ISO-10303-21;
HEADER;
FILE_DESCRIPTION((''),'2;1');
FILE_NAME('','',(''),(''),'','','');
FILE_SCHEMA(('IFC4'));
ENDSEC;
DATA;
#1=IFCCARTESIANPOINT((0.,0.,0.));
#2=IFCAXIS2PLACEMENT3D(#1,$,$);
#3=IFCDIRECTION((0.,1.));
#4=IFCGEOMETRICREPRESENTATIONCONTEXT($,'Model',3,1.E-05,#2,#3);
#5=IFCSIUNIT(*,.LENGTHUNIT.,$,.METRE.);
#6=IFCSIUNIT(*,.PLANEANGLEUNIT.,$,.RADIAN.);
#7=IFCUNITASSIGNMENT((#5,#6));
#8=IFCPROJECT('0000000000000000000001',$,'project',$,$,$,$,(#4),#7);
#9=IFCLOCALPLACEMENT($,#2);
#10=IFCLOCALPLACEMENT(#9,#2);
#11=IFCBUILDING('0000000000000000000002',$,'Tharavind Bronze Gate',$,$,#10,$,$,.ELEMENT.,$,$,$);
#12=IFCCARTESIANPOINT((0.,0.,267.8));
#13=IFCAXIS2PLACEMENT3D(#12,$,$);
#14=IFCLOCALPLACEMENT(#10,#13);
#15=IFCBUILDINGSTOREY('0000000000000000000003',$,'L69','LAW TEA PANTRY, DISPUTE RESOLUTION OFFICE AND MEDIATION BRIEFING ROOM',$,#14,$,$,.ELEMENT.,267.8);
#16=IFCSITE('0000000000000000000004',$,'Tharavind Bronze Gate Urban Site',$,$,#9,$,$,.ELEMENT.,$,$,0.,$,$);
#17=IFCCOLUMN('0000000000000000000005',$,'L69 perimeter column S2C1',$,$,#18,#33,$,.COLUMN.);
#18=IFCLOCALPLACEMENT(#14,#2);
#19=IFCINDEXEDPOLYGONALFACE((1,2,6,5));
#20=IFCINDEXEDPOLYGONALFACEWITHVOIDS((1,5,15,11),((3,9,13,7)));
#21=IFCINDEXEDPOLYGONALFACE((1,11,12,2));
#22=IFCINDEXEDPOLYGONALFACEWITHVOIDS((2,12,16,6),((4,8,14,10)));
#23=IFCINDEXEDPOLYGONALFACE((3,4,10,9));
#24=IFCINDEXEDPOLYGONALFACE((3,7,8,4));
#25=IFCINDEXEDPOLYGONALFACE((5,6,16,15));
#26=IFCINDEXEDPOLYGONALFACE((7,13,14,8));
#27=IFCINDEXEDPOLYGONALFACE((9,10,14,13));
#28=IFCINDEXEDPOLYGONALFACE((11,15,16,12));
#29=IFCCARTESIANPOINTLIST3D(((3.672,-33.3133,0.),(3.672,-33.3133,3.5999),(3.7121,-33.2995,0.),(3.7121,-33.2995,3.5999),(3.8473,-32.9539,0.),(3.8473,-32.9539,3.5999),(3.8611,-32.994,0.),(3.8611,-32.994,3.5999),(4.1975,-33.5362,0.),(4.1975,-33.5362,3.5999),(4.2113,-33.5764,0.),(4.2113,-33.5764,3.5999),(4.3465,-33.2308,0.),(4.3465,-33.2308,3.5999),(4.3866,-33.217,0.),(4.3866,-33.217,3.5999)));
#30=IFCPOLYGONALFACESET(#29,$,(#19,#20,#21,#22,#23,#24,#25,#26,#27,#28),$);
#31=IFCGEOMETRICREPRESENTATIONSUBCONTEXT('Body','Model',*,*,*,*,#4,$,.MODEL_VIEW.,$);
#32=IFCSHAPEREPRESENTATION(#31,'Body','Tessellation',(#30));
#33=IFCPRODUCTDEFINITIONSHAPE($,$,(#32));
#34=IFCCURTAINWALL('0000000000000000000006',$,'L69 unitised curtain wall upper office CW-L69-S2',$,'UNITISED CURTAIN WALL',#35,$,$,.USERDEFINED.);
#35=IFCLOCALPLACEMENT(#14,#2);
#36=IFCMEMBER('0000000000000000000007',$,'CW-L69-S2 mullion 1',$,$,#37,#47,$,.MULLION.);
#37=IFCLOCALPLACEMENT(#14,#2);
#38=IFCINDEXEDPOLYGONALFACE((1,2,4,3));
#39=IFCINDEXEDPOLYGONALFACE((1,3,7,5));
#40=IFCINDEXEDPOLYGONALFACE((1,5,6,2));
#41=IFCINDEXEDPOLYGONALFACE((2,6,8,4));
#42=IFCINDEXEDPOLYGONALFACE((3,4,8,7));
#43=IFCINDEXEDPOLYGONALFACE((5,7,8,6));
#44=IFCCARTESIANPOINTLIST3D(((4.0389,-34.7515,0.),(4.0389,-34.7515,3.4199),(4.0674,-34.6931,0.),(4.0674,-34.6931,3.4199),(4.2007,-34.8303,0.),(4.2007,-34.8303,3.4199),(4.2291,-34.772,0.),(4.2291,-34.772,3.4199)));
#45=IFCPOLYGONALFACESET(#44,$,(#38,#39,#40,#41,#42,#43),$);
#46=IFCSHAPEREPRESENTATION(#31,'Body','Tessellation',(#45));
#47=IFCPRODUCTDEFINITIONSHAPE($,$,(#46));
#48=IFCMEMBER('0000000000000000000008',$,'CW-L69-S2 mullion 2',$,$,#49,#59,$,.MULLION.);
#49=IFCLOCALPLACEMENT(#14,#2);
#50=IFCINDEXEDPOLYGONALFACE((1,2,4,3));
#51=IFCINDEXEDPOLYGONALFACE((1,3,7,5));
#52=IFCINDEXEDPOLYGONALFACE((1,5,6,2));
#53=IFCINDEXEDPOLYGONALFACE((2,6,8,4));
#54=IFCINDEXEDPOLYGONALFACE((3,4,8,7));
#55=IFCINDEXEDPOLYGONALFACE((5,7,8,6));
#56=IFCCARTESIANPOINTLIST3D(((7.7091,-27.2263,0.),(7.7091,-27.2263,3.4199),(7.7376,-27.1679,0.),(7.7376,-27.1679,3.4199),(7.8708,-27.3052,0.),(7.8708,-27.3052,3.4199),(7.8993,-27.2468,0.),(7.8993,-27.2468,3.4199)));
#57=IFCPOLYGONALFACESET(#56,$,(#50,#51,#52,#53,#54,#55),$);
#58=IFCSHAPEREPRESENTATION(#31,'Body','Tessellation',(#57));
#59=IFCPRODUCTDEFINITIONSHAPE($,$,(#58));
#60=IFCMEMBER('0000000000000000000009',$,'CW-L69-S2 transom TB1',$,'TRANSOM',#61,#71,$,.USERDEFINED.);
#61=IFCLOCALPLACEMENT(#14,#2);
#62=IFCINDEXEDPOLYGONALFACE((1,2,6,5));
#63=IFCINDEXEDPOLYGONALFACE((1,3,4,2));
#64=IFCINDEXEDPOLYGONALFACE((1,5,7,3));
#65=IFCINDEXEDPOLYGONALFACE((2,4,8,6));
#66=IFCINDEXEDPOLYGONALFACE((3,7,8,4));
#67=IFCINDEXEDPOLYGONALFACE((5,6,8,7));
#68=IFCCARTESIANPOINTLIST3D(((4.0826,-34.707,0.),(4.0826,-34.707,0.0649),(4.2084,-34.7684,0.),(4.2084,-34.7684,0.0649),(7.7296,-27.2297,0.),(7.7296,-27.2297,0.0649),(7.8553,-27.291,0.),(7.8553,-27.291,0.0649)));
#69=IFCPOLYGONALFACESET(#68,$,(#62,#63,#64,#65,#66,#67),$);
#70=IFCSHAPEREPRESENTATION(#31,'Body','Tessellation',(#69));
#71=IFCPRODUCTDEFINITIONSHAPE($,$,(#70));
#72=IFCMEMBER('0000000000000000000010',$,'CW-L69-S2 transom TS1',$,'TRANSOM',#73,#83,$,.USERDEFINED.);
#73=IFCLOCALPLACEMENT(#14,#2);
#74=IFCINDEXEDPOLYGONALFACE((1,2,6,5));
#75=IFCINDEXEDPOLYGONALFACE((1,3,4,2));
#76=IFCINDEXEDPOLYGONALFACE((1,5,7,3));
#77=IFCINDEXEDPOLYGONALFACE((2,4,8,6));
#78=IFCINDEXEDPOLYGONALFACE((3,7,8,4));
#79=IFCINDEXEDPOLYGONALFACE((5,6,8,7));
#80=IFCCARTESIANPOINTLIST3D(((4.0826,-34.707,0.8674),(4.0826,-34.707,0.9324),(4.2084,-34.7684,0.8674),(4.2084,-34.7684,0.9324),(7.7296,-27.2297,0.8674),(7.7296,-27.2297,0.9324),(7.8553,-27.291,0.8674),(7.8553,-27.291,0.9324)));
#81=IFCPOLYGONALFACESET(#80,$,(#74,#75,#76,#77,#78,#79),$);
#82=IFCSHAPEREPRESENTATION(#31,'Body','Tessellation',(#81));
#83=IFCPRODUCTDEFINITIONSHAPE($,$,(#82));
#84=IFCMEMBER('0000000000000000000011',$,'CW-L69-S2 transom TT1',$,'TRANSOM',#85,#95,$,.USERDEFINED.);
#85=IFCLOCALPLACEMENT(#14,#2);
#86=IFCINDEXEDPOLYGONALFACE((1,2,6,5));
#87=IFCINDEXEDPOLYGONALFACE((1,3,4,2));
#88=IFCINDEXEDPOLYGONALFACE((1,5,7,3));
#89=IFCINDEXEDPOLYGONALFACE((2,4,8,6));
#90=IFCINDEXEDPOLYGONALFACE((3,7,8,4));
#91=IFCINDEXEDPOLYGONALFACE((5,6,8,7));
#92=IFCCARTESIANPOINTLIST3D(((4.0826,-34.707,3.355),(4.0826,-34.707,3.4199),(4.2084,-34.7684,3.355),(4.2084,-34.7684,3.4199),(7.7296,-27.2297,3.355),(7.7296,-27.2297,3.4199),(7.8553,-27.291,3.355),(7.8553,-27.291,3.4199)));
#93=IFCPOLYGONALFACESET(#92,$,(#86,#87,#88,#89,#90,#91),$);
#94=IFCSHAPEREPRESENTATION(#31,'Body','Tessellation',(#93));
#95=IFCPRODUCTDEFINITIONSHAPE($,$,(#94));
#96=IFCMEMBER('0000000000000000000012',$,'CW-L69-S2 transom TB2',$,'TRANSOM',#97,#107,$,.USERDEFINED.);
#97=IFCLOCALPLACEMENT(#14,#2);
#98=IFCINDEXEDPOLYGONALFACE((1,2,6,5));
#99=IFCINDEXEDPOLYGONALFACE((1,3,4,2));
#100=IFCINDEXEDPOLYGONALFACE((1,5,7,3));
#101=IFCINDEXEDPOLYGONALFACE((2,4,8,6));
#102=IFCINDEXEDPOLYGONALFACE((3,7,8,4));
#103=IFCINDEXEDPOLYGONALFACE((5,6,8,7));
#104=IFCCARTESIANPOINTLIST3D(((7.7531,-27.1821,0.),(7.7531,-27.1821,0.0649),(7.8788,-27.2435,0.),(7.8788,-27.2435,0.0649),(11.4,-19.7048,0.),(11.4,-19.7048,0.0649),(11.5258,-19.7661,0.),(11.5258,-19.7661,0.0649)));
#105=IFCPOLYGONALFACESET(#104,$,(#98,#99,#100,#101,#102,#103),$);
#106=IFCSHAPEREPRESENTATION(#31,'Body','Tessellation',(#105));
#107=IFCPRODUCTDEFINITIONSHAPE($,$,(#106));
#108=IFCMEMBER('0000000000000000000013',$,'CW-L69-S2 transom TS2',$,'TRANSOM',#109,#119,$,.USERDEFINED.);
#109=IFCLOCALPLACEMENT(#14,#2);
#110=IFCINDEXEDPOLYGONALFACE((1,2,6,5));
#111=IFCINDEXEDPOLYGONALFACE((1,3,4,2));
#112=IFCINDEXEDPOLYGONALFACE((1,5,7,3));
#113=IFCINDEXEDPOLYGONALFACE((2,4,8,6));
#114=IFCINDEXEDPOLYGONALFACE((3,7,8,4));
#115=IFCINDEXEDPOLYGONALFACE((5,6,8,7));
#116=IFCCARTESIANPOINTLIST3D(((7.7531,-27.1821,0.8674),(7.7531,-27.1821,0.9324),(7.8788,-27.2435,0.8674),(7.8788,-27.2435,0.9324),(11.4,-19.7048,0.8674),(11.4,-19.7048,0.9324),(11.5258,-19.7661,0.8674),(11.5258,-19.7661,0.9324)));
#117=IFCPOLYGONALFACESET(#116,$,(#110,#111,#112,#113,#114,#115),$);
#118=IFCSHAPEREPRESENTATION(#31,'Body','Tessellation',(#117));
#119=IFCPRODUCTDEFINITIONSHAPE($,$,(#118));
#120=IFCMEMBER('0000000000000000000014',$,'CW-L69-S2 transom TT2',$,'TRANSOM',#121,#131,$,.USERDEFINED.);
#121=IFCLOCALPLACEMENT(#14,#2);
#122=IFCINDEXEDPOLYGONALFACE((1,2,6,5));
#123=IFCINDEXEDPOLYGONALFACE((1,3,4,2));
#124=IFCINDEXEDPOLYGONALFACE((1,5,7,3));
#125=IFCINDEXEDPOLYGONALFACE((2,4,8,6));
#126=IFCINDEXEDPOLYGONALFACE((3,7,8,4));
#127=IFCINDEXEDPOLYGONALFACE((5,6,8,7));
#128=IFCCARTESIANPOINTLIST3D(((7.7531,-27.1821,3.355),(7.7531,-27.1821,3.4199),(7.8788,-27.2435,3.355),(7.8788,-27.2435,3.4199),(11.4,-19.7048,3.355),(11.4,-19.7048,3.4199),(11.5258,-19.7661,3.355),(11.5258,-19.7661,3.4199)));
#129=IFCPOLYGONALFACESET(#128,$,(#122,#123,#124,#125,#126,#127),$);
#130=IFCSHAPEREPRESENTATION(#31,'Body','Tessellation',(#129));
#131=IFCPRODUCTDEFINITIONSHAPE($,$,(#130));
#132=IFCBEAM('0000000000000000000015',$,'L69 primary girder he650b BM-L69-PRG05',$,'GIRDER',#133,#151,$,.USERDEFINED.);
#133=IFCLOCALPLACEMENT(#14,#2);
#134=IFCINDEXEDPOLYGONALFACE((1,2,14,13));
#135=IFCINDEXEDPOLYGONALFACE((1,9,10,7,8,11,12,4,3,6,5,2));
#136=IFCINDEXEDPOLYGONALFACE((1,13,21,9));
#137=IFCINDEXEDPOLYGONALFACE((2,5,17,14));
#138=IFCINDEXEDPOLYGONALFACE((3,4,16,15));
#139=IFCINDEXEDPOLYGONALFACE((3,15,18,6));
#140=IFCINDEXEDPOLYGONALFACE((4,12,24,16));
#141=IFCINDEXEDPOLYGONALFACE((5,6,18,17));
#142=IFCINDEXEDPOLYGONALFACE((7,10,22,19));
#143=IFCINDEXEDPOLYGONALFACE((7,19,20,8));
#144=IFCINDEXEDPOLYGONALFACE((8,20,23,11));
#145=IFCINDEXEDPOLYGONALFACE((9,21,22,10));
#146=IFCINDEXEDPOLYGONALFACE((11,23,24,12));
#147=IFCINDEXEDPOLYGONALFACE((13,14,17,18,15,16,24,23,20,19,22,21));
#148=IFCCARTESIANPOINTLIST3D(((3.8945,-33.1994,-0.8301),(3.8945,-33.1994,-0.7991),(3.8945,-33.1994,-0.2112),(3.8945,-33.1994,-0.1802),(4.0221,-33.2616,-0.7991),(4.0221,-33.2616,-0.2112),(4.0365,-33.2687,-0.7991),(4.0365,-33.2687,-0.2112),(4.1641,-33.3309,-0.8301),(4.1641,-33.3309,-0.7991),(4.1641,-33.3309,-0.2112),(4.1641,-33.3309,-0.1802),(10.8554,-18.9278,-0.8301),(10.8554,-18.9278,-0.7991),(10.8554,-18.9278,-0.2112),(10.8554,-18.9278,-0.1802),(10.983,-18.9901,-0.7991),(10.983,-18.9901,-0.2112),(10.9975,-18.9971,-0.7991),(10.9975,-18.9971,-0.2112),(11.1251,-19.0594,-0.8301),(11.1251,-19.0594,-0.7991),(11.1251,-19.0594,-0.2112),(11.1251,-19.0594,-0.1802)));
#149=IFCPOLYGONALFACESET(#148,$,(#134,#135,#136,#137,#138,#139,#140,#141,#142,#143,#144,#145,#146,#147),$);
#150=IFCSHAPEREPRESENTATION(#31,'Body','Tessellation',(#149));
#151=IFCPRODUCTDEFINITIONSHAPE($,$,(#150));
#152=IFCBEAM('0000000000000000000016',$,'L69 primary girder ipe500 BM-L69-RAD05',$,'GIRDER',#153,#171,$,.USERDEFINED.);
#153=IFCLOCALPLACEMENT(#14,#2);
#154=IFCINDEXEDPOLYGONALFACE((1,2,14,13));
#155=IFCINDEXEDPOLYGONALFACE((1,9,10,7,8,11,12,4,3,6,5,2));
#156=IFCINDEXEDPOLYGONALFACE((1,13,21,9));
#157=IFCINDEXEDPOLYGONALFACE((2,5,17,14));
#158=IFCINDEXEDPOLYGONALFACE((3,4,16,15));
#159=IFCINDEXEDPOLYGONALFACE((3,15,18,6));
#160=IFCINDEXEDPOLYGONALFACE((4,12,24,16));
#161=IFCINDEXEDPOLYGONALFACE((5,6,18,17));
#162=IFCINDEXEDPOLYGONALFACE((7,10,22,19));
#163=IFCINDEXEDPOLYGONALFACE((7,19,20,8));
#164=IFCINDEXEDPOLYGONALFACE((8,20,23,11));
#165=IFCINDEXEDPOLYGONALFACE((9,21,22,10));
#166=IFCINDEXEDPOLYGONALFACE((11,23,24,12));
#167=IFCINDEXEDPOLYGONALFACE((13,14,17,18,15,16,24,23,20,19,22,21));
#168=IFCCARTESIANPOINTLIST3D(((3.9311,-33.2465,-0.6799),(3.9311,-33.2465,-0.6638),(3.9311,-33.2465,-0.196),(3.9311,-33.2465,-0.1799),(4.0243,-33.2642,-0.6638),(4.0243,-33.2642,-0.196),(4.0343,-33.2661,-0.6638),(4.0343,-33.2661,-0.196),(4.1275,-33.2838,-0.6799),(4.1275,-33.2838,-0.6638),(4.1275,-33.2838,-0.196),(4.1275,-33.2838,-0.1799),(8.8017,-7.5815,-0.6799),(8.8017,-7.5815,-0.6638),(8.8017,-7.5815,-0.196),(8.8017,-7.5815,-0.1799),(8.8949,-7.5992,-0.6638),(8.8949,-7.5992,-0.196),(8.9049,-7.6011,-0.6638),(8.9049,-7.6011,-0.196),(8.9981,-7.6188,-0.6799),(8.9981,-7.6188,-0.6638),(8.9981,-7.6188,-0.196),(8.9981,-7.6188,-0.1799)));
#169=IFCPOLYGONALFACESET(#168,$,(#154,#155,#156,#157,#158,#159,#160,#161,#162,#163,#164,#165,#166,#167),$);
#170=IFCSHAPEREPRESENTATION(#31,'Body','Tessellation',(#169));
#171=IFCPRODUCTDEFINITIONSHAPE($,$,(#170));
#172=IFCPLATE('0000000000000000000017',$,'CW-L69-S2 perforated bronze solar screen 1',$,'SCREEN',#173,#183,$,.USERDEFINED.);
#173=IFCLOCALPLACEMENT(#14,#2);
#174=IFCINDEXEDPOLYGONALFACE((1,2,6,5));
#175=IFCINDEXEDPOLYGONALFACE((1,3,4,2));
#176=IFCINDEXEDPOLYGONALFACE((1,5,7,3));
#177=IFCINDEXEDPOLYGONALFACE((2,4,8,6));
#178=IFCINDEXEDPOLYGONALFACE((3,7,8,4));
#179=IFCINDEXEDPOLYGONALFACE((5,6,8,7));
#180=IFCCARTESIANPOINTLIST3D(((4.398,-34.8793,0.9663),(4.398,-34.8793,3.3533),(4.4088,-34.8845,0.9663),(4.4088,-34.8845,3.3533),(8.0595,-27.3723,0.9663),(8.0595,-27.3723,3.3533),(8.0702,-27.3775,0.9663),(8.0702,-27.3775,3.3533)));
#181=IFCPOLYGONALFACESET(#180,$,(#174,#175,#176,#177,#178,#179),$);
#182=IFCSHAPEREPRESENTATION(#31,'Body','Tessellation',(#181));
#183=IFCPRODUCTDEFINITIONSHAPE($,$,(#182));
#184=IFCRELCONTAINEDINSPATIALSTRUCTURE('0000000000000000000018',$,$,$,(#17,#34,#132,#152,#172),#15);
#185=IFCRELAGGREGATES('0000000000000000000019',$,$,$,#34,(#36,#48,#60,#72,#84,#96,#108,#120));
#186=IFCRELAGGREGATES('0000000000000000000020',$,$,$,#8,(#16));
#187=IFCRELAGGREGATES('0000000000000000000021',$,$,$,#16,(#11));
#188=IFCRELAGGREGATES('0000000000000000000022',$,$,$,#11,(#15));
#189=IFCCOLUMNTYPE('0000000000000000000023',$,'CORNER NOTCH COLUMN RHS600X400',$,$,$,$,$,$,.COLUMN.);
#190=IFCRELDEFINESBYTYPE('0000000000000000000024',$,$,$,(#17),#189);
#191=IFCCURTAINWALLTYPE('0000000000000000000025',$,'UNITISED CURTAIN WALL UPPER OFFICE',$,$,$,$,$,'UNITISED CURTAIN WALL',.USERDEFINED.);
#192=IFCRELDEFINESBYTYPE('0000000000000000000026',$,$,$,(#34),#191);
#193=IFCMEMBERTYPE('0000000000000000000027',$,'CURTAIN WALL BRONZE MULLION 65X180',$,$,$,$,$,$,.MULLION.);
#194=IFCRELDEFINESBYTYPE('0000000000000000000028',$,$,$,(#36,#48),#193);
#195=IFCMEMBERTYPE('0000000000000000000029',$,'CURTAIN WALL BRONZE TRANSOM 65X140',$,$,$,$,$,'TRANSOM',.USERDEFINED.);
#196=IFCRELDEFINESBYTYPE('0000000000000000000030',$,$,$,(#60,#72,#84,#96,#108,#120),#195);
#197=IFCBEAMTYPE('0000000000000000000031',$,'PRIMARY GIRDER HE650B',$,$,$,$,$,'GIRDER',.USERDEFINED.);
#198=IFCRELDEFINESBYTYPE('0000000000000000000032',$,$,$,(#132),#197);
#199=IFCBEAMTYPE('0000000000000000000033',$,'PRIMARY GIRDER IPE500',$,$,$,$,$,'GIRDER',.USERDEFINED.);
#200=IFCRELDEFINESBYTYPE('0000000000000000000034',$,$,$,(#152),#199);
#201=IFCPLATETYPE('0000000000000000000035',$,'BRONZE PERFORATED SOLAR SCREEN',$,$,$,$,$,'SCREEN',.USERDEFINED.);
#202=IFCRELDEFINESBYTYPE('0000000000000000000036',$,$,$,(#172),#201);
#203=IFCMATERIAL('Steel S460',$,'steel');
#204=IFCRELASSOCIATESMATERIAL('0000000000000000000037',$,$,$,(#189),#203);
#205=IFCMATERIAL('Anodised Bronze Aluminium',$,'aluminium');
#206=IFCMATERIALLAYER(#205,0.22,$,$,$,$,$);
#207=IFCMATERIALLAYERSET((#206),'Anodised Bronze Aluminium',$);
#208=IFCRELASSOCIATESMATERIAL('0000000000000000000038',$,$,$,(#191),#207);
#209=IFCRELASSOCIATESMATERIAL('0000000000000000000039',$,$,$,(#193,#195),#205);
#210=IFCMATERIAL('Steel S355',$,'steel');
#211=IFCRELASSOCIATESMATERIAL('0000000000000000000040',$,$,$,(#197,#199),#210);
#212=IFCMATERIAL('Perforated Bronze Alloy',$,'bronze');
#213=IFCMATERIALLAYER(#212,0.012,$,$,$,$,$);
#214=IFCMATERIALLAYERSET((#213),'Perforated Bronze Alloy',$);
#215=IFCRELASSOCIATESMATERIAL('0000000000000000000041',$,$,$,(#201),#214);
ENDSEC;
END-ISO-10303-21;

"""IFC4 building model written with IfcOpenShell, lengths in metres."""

from ifc_helpers import new_model, si_unit, direction, frame, origin, origin_2d, place, context, subcontext, project, spatial, rectangle, hollow_rectangle, i_section, extrude, material, layer, layer_set, material_profile, profile_set, type_object, element, aggregate, save


model = new_model("IFC4")

# Units and contexts
model_context = context("Model", 3, precision=1e-05, world=origin(), true_north=direction((0.0, 1.0)))
body_context = subcontext(model_context, "Body", "Model", "MODEL_VIEW")
ifc_project = project(units=[si_unit("LENGTHUNIT", "METRE"), si_unit("PLANEANGLEUNIT", "RADIAN")], contexts=[model_context])

# Site, building, storey
site_placement = place(None, origin())
site = spatial("IfcSite", under=ifc_project, at=site_placement, Name="Tharavind Bronze Gate Urban Site", CompositionType="ELEMENT", RefElevation=0.0)
building_placement = place(site_placement, origin())
building = spatial("IfcBuilding", under=site, at=building_placement, Name="Tharavind Bronze Gate", CompositionType="ELEMENT")
storey_placement = place(building_placement, frame((0.0, 0.0, 267.8)))
storey = spatial("IfcBuildingStorey", under=building, at=storey_placement, Name="L69", Description="LAW TEA PANTRY, DISPUTE RESOLUTION OFFICE AND MEDIATION BRIEFING ROOM", CompositionType="ELEMENT", Elevation=267.8)

# Column
ifc_material_1 = material(Name="Steel S460", Category="steel")
ifc_material_profile_1 = material_profile(ifc_material_1, hollow_rectangle(XDim=0.3999, YDim=0.6001, WallThickness=0.03, at=origin_2d()), Name="RHS600X400X30")
ifc_profile_set_1 = profile_set([ifc_material_profile_1], Name="Steel S460")
column_type = type_object("IfcColumnType", Name="CORNER NOTCH COLUMN RHS600X400", PredefinedType="COLUMN", material=ifc_profile_set_1)
column_placement = place(storey_placement, frame((4.0293, -33.2651, 0.0), z_axis=(0.0, 0.0, 1.0), x_axis=(0.438373, 0.898793, 0.0)))
element("IfcColumn", 1, at=column_placement, inside=storey, type_object=column_type, Name="L69 perimeter column S2C1", PredefinedType="COLUMN", context=body_context, shape_type="SweptSolid", body=[
    extrude(hollow_rectangle(XDim=0.3999, YDim=0.6001, WallThickness=0.03, at=origin_2d()), origin(), (0.0, 0.0, 1.0), 3.5999),
])

# Curtain wall, members
ifc_material_2 = material(Name="Anodised Bronze Aluminium", Category="aluminium")
ifc_layer_1 = layer(ifc_material_2, 0.22)
ifc_layer_set_1 = layer_set([ifc_layer_1], Name="Anodised Bronze Aluminium")
curtain_wall_type = type_object("IfcCurtainWallType", Name="UNITISED CURTAIN WALL UPPER OFFICE", ElementType="UNITISED CURTAIN WALL", PredefinedType="USERDEFINED", material=ifc_layer_set_1)
curtain_wall_placement = place(storey_placement, origin())
curtain_wall = element("IfcCurtainWall", 2, at=curtain_wall_placement, inside=storey, type_object=curtain_wall_type, Name="L69 unitised curtain wall upper office CW-L69-S2", ObjectType="UNITISED CURTAIN WALL", PredefinedType="USERDEFINED")
member_type_1 = type_object("IfcMemberType", Name="CURTAIN WALL BRONZE MULLION 65X180", PredefinedType="MULLION", material=ifc_material_2)
member_1_placement = place(storey_placement, frame((4.134, -34.7617, 0.0), z_axis=(0.0, 0.0, 1.0), x_axis=(0.438373, 0.898793, 0.0)))
member_1 = element("IfcMember", 3, at=member_1_placement, type_object=member_type_1, Name="CW-L69-S2 mullion 1", PredefinedType="MULLION", context=body_context, shape_type="SweptSolid", body=[
    extrude(rectangle(XDim=0.0649, YDim=0.1799, at=origin_2d()), origin(), (0.0, 0.0, 1.0), 3.4199),
])
member_2_placement = place(storey_placement, frame((7.8042, -27.2366, 0.0), z_axis=(0.0, 0.0, 1.0), x_axis=(0.438373, 0.898793, 0.0)))
member_2 = element("IfcMember", 4, at=member_2_placement, type_object=member_type_1, Name="CW-L69-S2 mullion 2", PredefinedType="MULLION", context=body_context, shape_type="SweptSolid", body=[
    extrude(rectangle(XDim=0.0649, YDim=0.1799, at=origin_2d()), origin(), (0.0, 0.0, 1.0), 3.4199),
])
member_type_2 = type_object("IfcMemberType", Name="CURTAIN WALL BRONZE TRANSOM 65X140", ElementType="TRANSOM", PredefinedType="USERDEFINED", material=ifc_material_2)
member_3_placement = place(storey_placement, frame((5.969, -30.999, 0.0), z_axis=(0.0, 0.0, 1.0), x_axis=(0.438373, 0.898793, 0.0)))
member_3 = element("IfcMember", 5, at=member_3_placement, type_object=member_type_2, Name="CW-L69-S2 transom TB1", ObjectType="TRANSOM", PredefinedType="USERDEFINED", context=body_context, shape_type="SweptSolid", body=[
    extrude(rectangle(XDim=8.3193, YDim=0.1399, at=origin_2d()), origin(), (0.0, 0.0, 1.0), 0.0649),
])
member_4_placement = place(storey_placement, frame((5.969, -30.999, 0.8674), z_axis=(0.0, 0.0, 1.0), x_axis=(0.438373, 0.898793, 0.0)))
member_4 = element("IfcMember", 6, at=member_4_placement, type_object=member_type_2, Name="CW-L69-S2 transom TS1", ObjectType="TRANSOM", PredefinedType="USERDEFINED", context=body_context, shape_type="SweptSolid", body=[
    extrude(rectangle(XDim=8.3193, YDim=0.1399, at=origin_2d()), origin(), (0.0, 0.0, 1.0), 0.0649),
])
member_5_placement = place(storey_placement, frame((5.969, -30.999, 3.355), z_axis=(0.0, 0.0, 1.0), x_axis=(0.438373, 0.898793, 0.0)))
member_5 = element("IfcMember", 7, at=member_5_placement, type_object=member_type_2, Name="CW-L69-S2 transom TT1", ObjectType="TRANSOM", PredefinedType="USERDEFINED", context=body_context, shape_type="SweptSolid", body=[
    extrude(rectangle(XDim=8.3193, YDim=0.1399, at=origin_2d()), origin(), (0.0, 0.0, 1.0), 0.0649),
])
member_6_placement = place(storey_placement, frame((9.6394, -23.4741, 0.0), z_axis=(0.0, 0.0, 1.0), x_axis=(0.438373, 0.898793, 0.0)))
member_6 = element("IfcMember", 8, at=member_6_placement, type_object=member_type_2, Name="CW-L69-S2 transom TB2", ObjectType="TRANSOM", PredefinedType="USERDEFINED", context=body_context, shape_type="SweptSolid", body=[
    extrude(rectangle(XDim=8.3193, YDim=0.1399, at=origin_2d()), origin(), (0.0, 0.0, 1.0), 0.0649),
])
member_7_placement = place(storey_placement, frame((9.6394, -23.4741, 0.8674), z_axis=(0.0, 0.0, 1.0), x_axis=(0.438373, 0.898793, 0.0)))
member_7 = element("IfcMember", 9, at=member_7_placement, type_object=member_type_2, Name="CW-L69-S2 transom TS2", ObjectType="TRANSOM", PredefinedType="USERDEFINED", context=body_context, shape_type="SweptSolid", body=[
    extrude(rectangle(XDim=8.3193, YDim=0.1399, at=origin_2d()), origin(), (0.0, 0.0, 1.0), 0.0649),
])
member_8_placement = place(storey_placement, frame((9.6394, -23.4741, 3.355), z_axis=(0.0, 0.0, 1.0), x_axis=(0.438373, 0.898793, 0.0)))
member_8 = element("IfcMember", 10, at=member_8_placement, type_object=member_type_2, Name="CW-L69-S2 transom TT2", ObjectType="TRANSOM", PredefinedType="USERDEFINED", context=body_context, shape_type="SweptSolid", body=[
    extrude(rectangle(XDim=8.3193, YDim=0.1399, at=origin_2d()), origin(), (0.0, 0.0, 1.0), 0.0649),
])

# Beams
ifc_material_3 = material(Name="Steel S355", Category="steel")
ifc_material_profile_2 = material_profile(ifc_material_3, i_section(OverallWidth=0.3, OverallDepth=0.6499, WebThickness=0.0161, FlangeThickness=0.031, at=origin_2d()), Name="HE650B")
ifc_profile_set_2 = profile_set([ifc_material_profile_2], Name="Steel S355")
beam_type_1 = type_object("IfcBeamType", Name="PRIMARY GIRDER HE650B", ElementType="GIRDER", PredefinedType="USERDEFINED", material=ifc_profile_set_2)
beam_1_placement = place(storey_placement, frame((4.0293, -33.2651, -0.5051), z_axis=(0.438385, 0.898787, 0.0), x_axis=(-0.898787, 0.438385, 0.0)))
element("IfcBeam", 11, at=beam_1_placement, inside=storey, type_object=beam_type_1, Name="L69 primary girder he650b BM-L69-PRG05", ObjectType="GIRDER", PredefinedType="USERDEFINED", context=body_context, shape_type="SweptSolid", body=[
    extrude(i_section(OverallWidth=0.3, OverallDepth=0.6499, WebThickness=0.0161, FlangeThickness=0.031, at=origin_2d()), origin(), (0.0, 0.0, 1.0), 15.8787),
])
ifc_material_profile_3 = material_profile(ifc_material_3, i_section(OverallWidth=0.2, OverallDepth=0.5, WebThickness=0.0103, FlangeThickness=0.0161, at=origin_2d()), Name="IPE500")
ifc_profile_set_3 = profile_set([ifc_material_profile_3], Name="Steel S355")
beam_type_2 = type_object("IfcBeamType", Name="PRIMARY GIRDER IPE500", ElementType="GIRDER", PredefinedType="USERDEFINED", material=ifc_profile_set_3)
beam_2_placement = place(storey_placement, frame((4.0293, -33.2651, -0.4299), z_axis=(0.186448, 0.982465, 0.0), x_axis=(-0.982465, 0.186448, 0.0)))
element("IfcBeam", 12, at=beam_2_placement, inside=storey, type_object=beam_type_2, Name="L69 primary girder ipe500 BM-L69-RAD05", ObjectType="GIRDER", PredefinedType="USERDEFINED", context=body_context, shape_type="SweptSolid", body=[
    extrude(i_section(OverallWidth=0.2, OverallDepth=0.5, WebThickness=0.0103, FlangeThickness=0.0161, at=origin_2d()), origin(), (0.0, 0.0, 1.0), 26.123),
])

# Plate
ifc_material_4 = material(Name="Perforated Bronze Alloy", Category="bronze")
ifc_layer_2 = layer(ifc_material_4, 0.012)
ifc_layer_set_2 = layer_set([ifc_layer_2], Name="Perforated Bronze Alloy")
plate_type_1 = type_object("IfcPlateType", Name="BRONZE PERFORATED SOLAR SCREEN", ElementType="SCREEN", PredefinedType="USERDEFINED", material=ifc_layer_set_2)
plate_1_placement = place(storey_placement, frame((6.2341, -31.1284, 0.9663), z_axis=(0.0, 0.0, 1.0), x_axis=(0.438373, 0.898793, 0.0)))
element("IfcPlate", 13, at=plate_1_placement, inside=storey, type_object=plate_type_1, Name="CW-L69-S2 perforated bronze solar screen 1", ObjectType="SCREEN", PredefinedType="USERDEFINED", context=body_context, shape_type="SweptSolid", body=[
    extrude(rectangle(XDim=8.3523, YDim=0.012, at=origin_2d()), origin(), (0.0, 0.0, 1.0), 2.387),
])
aggregate(curtain_wall, [member_1, member_2, member_3, member_4, member_5, member_6, member_7, member_8])

save(model, "model.ifc")
